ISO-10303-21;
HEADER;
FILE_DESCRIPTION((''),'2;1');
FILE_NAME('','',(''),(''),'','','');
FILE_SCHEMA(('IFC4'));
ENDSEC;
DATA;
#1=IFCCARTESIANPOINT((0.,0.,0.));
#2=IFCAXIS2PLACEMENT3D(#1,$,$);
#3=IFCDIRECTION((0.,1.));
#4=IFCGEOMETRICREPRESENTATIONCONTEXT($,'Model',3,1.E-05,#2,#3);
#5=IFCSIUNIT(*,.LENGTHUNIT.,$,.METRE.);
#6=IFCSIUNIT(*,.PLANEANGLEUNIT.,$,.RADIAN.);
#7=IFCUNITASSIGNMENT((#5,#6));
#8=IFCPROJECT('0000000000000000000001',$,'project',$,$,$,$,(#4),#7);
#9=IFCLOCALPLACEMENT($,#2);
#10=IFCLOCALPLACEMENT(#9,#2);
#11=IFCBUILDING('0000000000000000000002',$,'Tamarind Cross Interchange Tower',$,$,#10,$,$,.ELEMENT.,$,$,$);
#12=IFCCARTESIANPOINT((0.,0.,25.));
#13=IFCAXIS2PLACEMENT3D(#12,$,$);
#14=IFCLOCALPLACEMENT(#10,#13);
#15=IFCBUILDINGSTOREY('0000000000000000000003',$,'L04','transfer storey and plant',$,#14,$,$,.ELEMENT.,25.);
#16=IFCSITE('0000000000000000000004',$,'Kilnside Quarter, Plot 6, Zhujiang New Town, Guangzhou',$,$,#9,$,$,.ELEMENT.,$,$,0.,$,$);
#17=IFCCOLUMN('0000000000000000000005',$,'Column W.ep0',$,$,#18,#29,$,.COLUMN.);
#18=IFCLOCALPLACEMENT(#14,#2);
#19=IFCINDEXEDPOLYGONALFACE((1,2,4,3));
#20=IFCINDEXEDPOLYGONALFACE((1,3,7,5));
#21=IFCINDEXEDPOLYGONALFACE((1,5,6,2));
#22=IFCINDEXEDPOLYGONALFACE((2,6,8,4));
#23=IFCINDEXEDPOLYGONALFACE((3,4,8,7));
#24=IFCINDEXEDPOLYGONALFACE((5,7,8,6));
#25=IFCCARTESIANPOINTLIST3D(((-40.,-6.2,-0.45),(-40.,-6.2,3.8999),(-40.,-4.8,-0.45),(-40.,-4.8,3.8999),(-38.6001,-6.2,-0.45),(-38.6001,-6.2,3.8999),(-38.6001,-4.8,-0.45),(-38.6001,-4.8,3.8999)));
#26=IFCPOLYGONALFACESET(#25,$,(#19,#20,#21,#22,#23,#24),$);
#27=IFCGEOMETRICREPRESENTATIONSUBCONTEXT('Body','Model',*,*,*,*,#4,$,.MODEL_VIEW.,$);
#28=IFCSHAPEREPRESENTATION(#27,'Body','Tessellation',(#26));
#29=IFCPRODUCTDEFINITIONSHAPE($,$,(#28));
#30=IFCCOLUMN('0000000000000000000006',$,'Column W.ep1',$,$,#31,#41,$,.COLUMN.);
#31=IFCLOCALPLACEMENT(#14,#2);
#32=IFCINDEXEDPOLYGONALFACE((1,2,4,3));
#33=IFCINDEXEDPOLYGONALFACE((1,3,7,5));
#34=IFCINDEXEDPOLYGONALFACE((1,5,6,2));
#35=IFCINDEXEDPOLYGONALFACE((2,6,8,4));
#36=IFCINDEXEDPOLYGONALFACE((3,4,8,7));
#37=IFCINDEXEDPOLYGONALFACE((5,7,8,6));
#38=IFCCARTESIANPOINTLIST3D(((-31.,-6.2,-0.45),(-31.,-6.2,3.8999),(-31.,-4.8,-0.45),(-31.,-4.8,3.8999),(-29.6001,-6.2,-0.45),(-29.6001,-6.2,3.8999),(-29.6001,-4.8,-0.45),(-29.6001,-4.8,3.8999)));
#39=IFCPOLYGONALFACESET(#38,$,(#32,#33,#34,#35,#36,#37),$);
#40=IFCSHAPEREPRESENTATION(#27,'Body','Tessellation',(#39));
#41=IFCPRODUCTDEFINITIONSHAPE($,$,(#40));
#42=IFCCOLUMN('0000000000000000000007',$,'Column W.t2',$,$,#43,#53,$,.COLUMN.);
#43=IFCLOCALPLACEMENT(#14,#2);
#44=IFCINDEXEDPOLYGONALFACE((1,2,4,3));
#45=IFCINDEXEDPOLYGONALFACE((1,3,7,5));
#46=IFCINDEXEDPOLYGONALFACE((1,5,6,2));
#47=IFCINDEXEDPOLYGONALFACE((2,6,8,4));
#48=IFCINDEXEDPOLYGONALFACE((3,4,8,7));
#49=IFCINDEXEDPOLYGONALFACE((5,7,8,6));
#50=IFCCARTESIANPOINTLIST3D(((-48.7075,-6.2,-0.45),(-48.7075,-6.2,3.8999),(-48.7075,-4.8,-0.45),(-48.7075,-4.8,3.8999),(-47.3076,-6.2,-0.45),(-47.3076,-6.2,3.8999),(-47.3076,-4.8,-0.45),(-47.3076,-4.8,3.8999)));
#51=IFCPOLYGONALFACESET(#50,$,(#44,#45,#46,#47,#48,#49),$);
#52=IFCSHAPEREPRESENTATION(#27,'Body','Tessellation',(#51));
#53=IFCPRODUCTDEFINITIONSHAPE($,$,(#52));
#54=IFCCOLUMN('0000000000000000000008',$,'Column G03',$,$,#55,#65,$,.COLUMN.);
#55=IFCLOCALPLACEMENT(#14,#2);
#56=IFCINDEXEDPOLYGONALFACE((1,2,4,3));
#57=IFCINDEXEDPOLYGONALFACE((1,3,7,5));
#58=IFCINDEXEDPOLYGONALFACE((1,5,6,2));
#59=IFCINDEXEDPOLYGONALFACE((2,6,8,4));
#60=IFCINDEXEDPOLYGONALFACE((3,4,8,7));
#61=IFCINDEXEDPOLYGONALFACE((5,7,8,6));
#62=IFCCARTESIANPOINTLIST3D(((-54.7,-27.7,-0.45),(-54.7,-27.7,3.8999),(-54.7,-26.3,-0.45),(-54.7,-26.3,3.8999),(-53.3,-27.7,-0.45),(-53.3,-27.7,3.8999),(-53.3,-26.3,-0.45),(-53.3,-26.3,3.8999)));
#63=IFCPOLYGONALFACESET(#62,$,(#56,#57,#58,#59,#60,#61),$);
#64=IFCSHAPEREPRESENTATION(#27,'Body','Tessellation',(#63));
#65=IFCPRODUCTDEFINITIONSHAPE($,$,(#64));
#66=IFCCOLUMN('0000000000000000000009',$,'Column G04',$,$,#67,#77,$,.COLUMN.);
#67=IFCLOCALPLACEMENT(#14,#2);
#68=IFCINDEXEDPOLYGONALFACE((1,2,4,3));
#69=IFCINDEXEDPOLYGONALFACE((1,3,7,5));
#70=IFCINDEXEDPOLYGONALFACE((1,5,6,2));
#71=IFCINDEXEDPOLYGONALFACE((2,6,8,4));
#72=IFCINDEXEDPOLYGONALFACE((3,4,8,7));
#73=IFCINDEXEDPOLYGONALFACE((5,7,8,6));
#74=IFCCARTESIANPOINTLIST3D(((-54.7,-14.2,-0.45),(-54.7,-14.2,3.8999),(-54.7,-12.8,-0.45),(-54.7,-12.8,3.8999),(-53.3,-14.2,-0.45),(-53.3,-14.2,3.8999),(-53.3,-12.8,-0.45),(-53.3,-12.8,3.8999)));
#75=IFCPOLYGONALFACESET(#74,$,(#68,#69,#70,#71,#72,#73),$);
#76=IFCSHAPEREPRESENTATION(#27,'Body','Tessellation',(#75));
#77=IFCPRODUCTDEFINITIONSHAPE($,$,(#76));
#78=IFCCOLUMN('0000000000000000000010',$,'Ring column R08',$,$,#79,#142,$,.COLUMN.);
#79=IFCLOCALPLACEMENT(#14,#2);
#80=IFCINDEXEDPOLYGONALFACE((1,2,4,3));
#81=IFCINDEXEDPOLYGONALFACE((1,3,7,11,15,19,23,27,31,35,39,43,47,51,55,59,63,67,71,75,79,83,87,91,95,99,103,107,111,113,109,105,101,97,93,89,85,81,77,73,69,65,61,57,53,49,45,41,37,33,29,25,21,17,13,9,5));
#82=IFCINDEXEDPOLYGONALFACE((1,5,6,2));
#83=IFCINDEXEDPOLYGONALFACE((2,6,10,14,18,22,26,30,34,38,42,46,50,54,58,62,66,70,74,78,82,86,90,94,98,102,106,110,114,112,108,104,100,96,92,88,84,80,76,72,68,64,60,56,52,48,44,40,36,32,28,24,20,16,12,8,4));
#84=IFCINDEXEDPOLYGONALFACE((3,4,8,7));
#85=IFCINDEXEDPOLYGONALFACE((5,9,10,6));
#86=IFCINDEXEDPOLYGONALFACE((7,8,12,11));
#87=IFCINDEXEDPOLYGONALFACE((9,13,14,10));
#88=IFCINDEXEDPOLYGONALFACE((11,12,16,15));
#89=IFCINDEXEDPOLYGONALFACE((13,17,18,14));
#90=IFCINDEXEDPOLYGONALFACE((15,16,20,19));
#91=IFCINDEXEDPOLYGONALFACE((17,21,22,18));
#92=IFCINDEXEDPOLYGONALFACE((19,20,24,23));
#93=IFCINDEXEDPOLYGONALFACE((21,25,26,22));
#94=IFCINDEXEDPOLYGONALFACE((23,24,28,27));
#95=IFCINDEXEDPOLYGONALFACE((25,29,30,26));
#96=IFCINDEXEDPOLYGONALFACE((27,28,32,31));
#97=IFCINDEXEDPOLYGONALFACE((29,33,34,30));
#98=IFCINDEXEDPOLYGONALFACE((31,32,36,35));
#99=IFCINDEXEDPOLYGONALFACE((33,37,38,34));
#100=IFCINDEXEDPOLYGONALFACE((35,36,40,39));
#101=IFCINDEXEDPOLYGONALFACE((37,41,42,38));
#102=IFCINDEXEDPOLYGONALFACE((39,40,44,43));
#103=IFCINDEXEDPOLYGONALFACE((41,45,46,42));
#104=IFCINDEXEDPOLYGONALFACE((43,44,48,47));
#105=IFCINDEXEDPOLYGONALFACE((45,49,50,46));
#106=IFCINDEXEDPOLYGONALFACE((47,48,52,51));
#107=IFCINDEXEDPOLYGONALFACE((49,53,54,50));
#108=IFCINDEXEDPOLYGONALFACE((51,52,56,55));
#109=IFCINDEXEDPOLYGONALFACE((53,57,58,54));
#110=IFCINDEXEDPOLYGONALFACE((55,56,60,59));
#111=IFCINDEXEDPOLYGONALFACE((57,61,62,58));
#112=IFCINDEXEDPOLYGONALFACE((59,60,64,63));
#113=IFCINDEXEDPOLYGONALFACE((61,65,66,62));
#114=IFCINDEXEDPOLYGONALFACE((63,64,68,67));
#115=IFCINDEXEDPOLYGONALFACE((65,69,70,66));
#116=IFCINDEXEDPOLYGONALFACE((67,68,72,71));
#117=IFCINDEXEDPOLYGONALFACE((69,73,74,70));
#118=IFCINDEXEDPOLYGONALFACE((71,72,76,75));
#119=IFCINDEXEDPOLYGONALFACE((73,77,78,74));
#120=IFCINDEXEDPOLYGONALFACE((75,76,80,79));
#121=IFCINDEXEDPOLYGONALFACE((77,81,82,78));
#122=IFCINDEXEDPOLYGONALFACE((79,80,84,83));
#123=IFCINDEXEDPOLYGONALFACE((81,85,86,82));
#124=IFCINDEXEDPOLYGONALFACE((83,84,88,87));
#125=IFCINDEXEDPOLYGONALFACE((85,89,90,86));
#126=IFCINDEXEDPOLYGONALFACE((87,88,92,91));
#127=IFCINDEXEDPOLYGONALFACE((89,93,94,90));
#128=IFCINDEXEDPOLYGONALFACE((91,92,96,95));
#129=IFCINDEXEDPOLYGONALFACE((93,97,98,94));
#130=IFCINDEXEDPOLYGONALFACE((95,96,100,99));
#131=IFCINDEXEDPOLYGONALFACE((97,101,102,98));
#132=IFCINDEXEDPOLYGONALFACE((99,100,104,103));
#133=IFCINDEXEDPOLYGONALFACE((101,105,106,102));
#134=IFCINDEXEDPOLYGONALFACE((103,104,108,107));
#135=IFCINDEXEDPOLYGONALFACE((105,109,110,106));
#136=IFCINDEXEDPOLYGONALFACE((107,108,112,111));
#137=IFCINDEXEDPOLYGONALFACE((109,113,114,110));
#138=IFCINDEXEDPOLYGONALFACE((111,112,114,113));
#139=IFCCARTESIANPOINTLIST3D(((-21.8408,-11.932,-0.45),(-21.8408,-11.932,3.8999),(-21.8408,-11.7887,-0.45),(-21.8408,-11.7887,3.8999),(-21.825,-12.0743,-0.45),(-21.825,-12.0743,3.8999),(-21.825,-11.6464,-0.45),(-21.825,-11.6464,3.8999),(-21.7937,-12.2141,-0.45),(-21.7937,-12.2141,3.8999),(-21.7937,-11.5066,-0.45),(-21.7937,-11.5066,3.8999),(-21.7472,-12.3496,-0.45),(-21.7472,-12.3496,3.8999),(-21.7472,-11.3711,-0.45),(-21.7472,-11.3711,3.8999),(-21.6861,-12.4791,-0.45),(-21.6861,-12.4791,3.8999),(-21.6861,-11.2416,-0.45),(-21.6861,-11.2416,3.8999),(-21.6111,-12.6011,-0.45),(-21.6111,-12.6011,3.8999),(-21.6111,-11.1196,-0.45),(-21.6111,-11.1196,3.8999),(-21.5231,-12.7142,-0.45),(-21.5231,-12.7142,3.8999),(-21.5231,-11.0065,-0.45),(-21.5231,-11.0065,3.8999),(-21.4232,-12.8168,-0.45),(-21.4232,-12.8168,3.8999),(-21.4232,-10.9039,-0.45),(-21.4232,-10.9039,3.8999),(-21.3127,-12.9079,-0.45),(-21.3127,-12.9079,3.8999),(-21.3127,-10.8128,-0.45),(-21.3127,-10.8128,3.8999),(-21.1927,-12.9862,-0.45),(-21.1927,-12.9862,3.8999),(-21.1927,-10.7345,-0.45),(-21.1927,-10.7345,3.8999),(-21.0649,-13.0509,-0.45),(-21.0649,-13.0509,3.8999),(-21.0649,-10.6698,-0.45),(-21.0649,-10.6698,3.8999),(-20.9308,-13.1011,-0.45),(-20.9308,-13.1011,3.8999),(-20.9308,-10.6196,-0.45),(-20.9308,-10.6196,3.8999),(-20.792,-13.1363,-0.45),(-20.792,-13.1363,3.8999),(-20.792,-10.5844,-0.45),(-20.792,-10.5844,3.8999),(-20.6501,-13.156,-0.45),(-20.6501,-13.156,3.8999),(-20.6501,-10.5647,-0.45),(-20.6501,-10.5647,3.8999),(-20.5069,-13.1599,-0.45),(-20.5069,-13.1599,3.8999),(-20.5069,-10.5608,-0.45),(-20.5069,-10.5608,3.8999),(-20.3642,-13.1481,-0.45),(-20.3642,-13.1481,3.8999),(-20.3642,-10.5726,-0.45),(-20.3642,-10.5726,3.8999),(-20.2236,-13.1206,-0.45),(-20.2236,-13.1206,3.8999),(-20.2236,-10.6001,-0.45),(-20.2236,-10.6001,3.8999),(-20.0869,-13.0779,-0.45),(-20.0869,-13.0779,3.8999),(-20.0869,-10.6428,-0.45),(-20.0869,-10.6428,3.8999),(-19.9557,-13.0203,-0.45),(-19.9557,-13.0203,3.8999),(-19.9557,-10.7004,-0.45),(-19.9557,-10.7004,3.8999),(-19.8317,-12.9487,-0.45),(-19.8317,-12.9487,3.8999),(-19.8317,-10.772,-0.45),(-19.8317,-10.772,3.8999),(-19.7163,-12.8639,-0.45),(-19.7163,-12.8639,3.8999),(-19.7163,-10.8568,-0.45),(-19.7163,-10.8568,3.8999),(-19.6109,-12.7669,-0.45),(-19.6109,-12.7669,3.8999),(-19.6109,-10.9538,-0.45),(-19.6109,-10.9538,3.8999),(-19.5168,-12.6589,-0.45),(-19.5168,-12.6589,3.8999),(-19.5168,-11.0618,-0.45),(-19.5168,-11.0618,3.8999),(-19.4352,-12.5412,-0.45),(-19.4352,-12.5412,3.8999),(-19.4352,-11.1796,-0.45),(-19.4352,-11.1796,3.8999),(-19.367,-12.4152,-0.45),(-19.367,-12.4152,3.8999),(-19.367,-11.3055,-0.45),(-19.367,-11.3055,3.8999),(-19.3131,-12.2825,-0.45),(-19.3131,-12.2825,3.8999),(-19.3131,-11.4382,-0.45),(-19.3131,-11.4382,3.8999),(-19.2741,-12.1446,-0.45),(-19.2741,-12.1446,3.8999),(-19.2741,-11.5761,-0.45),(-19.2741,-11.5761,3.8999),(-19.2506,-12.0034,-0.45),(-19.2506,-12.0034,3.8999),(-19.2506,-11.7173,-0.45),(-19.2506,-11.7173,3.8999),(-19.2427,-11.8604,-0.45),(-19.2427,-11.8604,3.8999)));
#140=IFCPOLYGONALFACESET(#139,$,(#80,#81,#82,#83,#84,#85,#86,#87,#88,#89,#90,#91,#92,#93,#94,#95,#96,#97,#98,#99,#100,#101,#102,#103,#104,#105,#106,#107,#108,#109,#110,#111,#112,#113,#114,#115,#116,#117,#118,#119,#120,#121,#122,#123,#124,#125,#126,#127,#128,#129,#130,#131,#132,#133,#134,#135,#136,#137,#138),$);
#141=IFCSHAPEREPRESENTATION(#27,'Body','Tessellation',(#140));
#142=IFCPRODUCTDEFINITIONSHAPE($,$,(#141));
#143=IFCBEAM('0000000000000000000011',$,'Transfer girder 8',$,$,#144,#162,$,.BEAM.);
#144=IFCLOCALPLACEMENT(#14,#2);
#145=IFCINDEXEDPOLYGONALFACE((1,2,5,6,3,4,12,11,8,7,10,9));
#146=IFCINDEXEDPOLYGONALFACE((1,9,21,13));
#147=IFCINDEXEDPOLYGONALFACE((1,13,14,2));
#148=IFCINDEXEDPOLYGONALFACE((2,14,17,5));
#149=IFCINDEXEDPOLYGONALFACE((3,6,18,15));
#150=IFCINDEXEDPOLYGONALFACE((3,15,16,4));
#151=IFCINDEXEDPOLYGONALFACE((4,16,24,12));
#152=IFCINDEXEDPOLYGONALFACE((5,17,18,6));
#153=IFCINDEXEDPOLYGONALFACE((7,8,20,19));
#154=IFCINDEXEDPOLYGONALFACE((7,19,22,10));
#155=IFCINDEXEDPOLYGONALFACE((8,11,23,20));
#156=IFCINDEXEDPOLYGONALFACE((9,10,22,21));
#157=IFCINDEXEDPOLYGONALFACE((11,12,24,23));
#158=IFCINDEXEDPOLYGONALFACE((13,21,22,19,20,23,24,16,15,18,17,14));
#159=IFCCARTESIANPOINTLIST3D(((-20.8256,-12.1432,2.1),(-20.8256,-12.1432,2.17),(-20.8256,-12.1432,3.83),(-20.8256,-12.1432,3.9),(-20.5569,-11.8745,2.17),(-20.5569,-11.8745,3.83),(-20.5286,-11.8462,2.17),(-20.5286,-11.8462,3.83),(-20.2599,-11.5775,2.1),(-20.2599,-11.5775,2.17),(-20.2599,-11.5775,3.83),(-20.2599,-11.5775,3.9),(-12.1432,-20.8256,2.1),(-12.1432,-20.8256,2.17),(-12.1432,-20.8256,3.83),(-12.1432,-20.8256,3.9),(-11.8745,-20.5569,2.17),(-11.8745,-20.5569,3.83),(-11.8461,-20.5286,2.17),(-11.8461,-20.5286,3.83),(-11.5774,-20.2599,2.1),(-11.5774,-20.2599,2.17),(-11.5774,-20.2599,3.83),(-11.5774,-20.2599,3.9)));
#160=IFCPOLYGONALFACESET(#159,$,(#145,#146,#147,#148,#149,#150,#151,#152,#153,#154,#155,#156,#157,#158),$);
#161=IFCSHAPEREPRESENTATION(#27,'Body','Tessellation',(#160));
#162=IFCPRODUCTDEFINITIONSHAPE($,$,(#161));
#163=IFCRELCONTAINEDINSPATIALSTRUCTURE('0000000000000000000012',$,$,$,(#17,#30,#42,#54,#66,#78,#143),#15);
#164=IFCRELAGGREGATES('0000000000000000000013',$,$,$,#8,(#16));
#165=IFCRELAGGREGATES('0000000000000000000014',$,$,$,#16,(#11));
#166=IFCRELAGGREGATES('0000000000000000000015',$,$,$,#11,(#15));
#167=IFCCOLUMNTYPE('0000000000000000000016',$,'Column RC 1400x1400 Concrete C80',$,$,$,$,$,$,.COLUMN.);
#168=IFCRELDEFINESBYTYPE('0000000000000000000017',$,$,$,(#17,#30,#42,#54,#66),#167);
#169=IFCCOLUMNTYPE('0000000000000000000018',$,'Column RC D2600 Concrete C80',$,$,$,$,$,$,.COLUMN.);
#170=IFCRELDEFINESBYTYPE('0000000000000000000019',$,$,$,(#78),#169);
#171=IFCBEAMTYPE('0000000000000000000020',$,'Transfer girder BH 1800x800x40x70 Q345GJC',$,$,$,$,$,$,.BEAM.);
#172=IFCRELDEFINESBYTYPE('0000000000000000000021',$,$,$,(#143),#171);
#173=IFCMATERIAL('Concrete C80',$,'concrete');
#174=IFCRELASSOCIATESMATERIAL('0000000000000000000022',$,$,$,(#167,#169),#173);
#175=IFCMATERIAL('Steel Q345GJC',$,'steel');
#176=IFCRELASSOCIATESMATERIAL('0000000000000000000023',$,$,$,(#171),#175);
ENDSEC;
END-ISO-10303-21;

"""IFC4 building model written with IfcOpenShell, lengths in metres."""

from ifc_helpers import new_model, si_unit, direction, frame, origin, origin_2d, place, context, subcontext, project, spatial, rectangle, circle, i_section, extrude, material, material_profile, profile_set, type_object, element, save


model = new_model("IFC4")

# Units and contexts
model_context = context("Model", 3, precision=1e-05, world=origin(), true_north=direction((0.0, 1.0)))
body_context = subcontext(model_context, "Body", "Model", "MODEL_VIEW")
ifc_project = project(units=[si_unit("LENGTHUNIT", "METRE"), si_unit("PLANEANGLEUNIT", "RADIAN")], contexts=[model_context])

# Site, building, storey
site_placement = place(None, origin())
site = spatial("IfcSite", under=ifc_project, at=site_placement, Name="Kilnside Quarter, Plot 6, Zhujiang New Town, Guangzhou", CompositionType="ELEMENT", RefElevation=0.0)
building_placement = place(site_placement, origin())
building = spatial("IfcBuilding", under=site, at=building_placement, Name="Tamarind Cross Interchange Tower", CompositionType="ELEMENT")
storey_placement = place(building_placement, frame((0.0, 0.0, 25.0)))
storey = spatial("IfcBuildingStorey", under=building, at=storey_placement, Name="L04", Description="transfer storey and plant", CompositionType="ELEMENT", Elevation=25.0)

# Columns
ifc_material_1 = material(Name="Concrete C80", Category="concrete")
ifc_material_profile_1 = material_profile(ifc_material_1, rectangle(XDim=1.3999, YDim=1.3999, at=origin_2d()), Name="RC 1400x1400")
ifc_profile_set_1 = profile_set([ifc_material_profile_1], Name="Concrete C80")
column_type_1 = type_object("IfcColumnType", Name="Column RC 1400x1400 Concrete C80", PredefinedType="COLUMN", material=ifc_profile_set_1)
for number, where, z_axis, x_axis, name in (
    (1, (-39.3, -5.5, -0.45), (0.0, 0.0, 1.0), (1.0, 0.0, 0.0), "Column W.ep0"),
    (2, (-30.3, -5.5, -0.45), (0.0, 0.0, 1.0), (1.0, 0.0, 0.0), "Column W.ep1"),
    (3, (-48.0076, -5.5, -0.45), (0.0, 0.0, 1.0), (1.0, 0.0, 0.0), "Column W.t2"),
    (4, (-54.0, -27.0, -0.45), (0.0, 0.0, 1.0), (1.0, 0.0, 0.0), "Column G03"),
    (5, (-54.0, -13.5, -0.45), (0.0, 0.0, 1.0), (1.0, 0.0, 0.0), "Column G04"),
):
    element("IfcColumn", number, at=place(storey_placement, frame(where, z_axis=z_axis, x_axis=x_axis)), inside=storey, type_object=column_type_1, Name=name, PredefinedType="COLUMN", context=body_context, shape_type="SweptSolid", body=[
        extrude(rectangle(XDim=1.3999, YDim=1.3999, at=origin_2d()), origin(), (0.0, 0.0, 1.0), 4.3499),
    ])
ifc_material_profile_2 = material_profile(ifc_material_1, circle(Radius=1.3, at=origin_2d()), Name="RC D2600")
ifc_profile_set_2 = profile_set([ifc_material_profile_2], Name="Concrete C80")
column_type_2 = type_object("IfcColumnType", Name="Column RC D2600 Concrete C80", PredefinedType="COLUMN", material=ifc_profile_set_2)
column_placement = place(storey_placement, frame((-20.5427, -11.8604, -0.45), z_axis=(0.0, 0.0, 1.0), x_axis=(1.0, 0.0, 0.0)))
element("IfcColumn", 6, at=column_placement, inside=storey, type_object=column_type_2, Name="Ring column R08", PredefinedType="COLUMN", context=body_context, shape_type="SweptSolid", body=[
    extrude(circle(Radius=1.3, at=origin_2d()), origin(), (0.0, 0.0, 1.0), 4.3499),
])

# Beam
ifc_material_2 = material(Name="Steel Q345GJC", Category="steel")
ifc_material_profile_3 = material_profile(ifc_material_2, i_section(OverallWidth=0.8, OverallDepth=1.8, WebThickness=0.04, FlangeThickness=0.0701, at=origin_2d()), Name="BH 1800x800x40x70")
ifc_profile_set_3 = profile_set([ifc_material_profile_3], Name="Steel Q345GJC")
beam_type = type_object("IfcBeamType", Name="Transfer girder BH 1800x800x40x70 Q345GJC", PredefinedType="BEAM", material=ifc_profile_set_3)
beam_placement = place(storey_placement, frame((-20.5427, -11.8604, 3.0), z_axis=(0.707107, -0.707107, 0.0), x_axis=(0.707107, 0.707107, 0.0)))
element("IfcBeam", 7, at=beam_placement, inside=storey, type_object=beam_type, Name="Transfer girder 8", PredefinedType="BEAM", context=body_context, shape_type="SweptSolid", body=[
    extrude(i_section(OverallWidth=0.8, OverallDepth=1.8, WebThickness=0.04, FlangeThickness=0.0701, at=origin_2d()), origin(), (0.0, 0.0, 1.0), 12.2788),
])

save(model, "model.ifc")
